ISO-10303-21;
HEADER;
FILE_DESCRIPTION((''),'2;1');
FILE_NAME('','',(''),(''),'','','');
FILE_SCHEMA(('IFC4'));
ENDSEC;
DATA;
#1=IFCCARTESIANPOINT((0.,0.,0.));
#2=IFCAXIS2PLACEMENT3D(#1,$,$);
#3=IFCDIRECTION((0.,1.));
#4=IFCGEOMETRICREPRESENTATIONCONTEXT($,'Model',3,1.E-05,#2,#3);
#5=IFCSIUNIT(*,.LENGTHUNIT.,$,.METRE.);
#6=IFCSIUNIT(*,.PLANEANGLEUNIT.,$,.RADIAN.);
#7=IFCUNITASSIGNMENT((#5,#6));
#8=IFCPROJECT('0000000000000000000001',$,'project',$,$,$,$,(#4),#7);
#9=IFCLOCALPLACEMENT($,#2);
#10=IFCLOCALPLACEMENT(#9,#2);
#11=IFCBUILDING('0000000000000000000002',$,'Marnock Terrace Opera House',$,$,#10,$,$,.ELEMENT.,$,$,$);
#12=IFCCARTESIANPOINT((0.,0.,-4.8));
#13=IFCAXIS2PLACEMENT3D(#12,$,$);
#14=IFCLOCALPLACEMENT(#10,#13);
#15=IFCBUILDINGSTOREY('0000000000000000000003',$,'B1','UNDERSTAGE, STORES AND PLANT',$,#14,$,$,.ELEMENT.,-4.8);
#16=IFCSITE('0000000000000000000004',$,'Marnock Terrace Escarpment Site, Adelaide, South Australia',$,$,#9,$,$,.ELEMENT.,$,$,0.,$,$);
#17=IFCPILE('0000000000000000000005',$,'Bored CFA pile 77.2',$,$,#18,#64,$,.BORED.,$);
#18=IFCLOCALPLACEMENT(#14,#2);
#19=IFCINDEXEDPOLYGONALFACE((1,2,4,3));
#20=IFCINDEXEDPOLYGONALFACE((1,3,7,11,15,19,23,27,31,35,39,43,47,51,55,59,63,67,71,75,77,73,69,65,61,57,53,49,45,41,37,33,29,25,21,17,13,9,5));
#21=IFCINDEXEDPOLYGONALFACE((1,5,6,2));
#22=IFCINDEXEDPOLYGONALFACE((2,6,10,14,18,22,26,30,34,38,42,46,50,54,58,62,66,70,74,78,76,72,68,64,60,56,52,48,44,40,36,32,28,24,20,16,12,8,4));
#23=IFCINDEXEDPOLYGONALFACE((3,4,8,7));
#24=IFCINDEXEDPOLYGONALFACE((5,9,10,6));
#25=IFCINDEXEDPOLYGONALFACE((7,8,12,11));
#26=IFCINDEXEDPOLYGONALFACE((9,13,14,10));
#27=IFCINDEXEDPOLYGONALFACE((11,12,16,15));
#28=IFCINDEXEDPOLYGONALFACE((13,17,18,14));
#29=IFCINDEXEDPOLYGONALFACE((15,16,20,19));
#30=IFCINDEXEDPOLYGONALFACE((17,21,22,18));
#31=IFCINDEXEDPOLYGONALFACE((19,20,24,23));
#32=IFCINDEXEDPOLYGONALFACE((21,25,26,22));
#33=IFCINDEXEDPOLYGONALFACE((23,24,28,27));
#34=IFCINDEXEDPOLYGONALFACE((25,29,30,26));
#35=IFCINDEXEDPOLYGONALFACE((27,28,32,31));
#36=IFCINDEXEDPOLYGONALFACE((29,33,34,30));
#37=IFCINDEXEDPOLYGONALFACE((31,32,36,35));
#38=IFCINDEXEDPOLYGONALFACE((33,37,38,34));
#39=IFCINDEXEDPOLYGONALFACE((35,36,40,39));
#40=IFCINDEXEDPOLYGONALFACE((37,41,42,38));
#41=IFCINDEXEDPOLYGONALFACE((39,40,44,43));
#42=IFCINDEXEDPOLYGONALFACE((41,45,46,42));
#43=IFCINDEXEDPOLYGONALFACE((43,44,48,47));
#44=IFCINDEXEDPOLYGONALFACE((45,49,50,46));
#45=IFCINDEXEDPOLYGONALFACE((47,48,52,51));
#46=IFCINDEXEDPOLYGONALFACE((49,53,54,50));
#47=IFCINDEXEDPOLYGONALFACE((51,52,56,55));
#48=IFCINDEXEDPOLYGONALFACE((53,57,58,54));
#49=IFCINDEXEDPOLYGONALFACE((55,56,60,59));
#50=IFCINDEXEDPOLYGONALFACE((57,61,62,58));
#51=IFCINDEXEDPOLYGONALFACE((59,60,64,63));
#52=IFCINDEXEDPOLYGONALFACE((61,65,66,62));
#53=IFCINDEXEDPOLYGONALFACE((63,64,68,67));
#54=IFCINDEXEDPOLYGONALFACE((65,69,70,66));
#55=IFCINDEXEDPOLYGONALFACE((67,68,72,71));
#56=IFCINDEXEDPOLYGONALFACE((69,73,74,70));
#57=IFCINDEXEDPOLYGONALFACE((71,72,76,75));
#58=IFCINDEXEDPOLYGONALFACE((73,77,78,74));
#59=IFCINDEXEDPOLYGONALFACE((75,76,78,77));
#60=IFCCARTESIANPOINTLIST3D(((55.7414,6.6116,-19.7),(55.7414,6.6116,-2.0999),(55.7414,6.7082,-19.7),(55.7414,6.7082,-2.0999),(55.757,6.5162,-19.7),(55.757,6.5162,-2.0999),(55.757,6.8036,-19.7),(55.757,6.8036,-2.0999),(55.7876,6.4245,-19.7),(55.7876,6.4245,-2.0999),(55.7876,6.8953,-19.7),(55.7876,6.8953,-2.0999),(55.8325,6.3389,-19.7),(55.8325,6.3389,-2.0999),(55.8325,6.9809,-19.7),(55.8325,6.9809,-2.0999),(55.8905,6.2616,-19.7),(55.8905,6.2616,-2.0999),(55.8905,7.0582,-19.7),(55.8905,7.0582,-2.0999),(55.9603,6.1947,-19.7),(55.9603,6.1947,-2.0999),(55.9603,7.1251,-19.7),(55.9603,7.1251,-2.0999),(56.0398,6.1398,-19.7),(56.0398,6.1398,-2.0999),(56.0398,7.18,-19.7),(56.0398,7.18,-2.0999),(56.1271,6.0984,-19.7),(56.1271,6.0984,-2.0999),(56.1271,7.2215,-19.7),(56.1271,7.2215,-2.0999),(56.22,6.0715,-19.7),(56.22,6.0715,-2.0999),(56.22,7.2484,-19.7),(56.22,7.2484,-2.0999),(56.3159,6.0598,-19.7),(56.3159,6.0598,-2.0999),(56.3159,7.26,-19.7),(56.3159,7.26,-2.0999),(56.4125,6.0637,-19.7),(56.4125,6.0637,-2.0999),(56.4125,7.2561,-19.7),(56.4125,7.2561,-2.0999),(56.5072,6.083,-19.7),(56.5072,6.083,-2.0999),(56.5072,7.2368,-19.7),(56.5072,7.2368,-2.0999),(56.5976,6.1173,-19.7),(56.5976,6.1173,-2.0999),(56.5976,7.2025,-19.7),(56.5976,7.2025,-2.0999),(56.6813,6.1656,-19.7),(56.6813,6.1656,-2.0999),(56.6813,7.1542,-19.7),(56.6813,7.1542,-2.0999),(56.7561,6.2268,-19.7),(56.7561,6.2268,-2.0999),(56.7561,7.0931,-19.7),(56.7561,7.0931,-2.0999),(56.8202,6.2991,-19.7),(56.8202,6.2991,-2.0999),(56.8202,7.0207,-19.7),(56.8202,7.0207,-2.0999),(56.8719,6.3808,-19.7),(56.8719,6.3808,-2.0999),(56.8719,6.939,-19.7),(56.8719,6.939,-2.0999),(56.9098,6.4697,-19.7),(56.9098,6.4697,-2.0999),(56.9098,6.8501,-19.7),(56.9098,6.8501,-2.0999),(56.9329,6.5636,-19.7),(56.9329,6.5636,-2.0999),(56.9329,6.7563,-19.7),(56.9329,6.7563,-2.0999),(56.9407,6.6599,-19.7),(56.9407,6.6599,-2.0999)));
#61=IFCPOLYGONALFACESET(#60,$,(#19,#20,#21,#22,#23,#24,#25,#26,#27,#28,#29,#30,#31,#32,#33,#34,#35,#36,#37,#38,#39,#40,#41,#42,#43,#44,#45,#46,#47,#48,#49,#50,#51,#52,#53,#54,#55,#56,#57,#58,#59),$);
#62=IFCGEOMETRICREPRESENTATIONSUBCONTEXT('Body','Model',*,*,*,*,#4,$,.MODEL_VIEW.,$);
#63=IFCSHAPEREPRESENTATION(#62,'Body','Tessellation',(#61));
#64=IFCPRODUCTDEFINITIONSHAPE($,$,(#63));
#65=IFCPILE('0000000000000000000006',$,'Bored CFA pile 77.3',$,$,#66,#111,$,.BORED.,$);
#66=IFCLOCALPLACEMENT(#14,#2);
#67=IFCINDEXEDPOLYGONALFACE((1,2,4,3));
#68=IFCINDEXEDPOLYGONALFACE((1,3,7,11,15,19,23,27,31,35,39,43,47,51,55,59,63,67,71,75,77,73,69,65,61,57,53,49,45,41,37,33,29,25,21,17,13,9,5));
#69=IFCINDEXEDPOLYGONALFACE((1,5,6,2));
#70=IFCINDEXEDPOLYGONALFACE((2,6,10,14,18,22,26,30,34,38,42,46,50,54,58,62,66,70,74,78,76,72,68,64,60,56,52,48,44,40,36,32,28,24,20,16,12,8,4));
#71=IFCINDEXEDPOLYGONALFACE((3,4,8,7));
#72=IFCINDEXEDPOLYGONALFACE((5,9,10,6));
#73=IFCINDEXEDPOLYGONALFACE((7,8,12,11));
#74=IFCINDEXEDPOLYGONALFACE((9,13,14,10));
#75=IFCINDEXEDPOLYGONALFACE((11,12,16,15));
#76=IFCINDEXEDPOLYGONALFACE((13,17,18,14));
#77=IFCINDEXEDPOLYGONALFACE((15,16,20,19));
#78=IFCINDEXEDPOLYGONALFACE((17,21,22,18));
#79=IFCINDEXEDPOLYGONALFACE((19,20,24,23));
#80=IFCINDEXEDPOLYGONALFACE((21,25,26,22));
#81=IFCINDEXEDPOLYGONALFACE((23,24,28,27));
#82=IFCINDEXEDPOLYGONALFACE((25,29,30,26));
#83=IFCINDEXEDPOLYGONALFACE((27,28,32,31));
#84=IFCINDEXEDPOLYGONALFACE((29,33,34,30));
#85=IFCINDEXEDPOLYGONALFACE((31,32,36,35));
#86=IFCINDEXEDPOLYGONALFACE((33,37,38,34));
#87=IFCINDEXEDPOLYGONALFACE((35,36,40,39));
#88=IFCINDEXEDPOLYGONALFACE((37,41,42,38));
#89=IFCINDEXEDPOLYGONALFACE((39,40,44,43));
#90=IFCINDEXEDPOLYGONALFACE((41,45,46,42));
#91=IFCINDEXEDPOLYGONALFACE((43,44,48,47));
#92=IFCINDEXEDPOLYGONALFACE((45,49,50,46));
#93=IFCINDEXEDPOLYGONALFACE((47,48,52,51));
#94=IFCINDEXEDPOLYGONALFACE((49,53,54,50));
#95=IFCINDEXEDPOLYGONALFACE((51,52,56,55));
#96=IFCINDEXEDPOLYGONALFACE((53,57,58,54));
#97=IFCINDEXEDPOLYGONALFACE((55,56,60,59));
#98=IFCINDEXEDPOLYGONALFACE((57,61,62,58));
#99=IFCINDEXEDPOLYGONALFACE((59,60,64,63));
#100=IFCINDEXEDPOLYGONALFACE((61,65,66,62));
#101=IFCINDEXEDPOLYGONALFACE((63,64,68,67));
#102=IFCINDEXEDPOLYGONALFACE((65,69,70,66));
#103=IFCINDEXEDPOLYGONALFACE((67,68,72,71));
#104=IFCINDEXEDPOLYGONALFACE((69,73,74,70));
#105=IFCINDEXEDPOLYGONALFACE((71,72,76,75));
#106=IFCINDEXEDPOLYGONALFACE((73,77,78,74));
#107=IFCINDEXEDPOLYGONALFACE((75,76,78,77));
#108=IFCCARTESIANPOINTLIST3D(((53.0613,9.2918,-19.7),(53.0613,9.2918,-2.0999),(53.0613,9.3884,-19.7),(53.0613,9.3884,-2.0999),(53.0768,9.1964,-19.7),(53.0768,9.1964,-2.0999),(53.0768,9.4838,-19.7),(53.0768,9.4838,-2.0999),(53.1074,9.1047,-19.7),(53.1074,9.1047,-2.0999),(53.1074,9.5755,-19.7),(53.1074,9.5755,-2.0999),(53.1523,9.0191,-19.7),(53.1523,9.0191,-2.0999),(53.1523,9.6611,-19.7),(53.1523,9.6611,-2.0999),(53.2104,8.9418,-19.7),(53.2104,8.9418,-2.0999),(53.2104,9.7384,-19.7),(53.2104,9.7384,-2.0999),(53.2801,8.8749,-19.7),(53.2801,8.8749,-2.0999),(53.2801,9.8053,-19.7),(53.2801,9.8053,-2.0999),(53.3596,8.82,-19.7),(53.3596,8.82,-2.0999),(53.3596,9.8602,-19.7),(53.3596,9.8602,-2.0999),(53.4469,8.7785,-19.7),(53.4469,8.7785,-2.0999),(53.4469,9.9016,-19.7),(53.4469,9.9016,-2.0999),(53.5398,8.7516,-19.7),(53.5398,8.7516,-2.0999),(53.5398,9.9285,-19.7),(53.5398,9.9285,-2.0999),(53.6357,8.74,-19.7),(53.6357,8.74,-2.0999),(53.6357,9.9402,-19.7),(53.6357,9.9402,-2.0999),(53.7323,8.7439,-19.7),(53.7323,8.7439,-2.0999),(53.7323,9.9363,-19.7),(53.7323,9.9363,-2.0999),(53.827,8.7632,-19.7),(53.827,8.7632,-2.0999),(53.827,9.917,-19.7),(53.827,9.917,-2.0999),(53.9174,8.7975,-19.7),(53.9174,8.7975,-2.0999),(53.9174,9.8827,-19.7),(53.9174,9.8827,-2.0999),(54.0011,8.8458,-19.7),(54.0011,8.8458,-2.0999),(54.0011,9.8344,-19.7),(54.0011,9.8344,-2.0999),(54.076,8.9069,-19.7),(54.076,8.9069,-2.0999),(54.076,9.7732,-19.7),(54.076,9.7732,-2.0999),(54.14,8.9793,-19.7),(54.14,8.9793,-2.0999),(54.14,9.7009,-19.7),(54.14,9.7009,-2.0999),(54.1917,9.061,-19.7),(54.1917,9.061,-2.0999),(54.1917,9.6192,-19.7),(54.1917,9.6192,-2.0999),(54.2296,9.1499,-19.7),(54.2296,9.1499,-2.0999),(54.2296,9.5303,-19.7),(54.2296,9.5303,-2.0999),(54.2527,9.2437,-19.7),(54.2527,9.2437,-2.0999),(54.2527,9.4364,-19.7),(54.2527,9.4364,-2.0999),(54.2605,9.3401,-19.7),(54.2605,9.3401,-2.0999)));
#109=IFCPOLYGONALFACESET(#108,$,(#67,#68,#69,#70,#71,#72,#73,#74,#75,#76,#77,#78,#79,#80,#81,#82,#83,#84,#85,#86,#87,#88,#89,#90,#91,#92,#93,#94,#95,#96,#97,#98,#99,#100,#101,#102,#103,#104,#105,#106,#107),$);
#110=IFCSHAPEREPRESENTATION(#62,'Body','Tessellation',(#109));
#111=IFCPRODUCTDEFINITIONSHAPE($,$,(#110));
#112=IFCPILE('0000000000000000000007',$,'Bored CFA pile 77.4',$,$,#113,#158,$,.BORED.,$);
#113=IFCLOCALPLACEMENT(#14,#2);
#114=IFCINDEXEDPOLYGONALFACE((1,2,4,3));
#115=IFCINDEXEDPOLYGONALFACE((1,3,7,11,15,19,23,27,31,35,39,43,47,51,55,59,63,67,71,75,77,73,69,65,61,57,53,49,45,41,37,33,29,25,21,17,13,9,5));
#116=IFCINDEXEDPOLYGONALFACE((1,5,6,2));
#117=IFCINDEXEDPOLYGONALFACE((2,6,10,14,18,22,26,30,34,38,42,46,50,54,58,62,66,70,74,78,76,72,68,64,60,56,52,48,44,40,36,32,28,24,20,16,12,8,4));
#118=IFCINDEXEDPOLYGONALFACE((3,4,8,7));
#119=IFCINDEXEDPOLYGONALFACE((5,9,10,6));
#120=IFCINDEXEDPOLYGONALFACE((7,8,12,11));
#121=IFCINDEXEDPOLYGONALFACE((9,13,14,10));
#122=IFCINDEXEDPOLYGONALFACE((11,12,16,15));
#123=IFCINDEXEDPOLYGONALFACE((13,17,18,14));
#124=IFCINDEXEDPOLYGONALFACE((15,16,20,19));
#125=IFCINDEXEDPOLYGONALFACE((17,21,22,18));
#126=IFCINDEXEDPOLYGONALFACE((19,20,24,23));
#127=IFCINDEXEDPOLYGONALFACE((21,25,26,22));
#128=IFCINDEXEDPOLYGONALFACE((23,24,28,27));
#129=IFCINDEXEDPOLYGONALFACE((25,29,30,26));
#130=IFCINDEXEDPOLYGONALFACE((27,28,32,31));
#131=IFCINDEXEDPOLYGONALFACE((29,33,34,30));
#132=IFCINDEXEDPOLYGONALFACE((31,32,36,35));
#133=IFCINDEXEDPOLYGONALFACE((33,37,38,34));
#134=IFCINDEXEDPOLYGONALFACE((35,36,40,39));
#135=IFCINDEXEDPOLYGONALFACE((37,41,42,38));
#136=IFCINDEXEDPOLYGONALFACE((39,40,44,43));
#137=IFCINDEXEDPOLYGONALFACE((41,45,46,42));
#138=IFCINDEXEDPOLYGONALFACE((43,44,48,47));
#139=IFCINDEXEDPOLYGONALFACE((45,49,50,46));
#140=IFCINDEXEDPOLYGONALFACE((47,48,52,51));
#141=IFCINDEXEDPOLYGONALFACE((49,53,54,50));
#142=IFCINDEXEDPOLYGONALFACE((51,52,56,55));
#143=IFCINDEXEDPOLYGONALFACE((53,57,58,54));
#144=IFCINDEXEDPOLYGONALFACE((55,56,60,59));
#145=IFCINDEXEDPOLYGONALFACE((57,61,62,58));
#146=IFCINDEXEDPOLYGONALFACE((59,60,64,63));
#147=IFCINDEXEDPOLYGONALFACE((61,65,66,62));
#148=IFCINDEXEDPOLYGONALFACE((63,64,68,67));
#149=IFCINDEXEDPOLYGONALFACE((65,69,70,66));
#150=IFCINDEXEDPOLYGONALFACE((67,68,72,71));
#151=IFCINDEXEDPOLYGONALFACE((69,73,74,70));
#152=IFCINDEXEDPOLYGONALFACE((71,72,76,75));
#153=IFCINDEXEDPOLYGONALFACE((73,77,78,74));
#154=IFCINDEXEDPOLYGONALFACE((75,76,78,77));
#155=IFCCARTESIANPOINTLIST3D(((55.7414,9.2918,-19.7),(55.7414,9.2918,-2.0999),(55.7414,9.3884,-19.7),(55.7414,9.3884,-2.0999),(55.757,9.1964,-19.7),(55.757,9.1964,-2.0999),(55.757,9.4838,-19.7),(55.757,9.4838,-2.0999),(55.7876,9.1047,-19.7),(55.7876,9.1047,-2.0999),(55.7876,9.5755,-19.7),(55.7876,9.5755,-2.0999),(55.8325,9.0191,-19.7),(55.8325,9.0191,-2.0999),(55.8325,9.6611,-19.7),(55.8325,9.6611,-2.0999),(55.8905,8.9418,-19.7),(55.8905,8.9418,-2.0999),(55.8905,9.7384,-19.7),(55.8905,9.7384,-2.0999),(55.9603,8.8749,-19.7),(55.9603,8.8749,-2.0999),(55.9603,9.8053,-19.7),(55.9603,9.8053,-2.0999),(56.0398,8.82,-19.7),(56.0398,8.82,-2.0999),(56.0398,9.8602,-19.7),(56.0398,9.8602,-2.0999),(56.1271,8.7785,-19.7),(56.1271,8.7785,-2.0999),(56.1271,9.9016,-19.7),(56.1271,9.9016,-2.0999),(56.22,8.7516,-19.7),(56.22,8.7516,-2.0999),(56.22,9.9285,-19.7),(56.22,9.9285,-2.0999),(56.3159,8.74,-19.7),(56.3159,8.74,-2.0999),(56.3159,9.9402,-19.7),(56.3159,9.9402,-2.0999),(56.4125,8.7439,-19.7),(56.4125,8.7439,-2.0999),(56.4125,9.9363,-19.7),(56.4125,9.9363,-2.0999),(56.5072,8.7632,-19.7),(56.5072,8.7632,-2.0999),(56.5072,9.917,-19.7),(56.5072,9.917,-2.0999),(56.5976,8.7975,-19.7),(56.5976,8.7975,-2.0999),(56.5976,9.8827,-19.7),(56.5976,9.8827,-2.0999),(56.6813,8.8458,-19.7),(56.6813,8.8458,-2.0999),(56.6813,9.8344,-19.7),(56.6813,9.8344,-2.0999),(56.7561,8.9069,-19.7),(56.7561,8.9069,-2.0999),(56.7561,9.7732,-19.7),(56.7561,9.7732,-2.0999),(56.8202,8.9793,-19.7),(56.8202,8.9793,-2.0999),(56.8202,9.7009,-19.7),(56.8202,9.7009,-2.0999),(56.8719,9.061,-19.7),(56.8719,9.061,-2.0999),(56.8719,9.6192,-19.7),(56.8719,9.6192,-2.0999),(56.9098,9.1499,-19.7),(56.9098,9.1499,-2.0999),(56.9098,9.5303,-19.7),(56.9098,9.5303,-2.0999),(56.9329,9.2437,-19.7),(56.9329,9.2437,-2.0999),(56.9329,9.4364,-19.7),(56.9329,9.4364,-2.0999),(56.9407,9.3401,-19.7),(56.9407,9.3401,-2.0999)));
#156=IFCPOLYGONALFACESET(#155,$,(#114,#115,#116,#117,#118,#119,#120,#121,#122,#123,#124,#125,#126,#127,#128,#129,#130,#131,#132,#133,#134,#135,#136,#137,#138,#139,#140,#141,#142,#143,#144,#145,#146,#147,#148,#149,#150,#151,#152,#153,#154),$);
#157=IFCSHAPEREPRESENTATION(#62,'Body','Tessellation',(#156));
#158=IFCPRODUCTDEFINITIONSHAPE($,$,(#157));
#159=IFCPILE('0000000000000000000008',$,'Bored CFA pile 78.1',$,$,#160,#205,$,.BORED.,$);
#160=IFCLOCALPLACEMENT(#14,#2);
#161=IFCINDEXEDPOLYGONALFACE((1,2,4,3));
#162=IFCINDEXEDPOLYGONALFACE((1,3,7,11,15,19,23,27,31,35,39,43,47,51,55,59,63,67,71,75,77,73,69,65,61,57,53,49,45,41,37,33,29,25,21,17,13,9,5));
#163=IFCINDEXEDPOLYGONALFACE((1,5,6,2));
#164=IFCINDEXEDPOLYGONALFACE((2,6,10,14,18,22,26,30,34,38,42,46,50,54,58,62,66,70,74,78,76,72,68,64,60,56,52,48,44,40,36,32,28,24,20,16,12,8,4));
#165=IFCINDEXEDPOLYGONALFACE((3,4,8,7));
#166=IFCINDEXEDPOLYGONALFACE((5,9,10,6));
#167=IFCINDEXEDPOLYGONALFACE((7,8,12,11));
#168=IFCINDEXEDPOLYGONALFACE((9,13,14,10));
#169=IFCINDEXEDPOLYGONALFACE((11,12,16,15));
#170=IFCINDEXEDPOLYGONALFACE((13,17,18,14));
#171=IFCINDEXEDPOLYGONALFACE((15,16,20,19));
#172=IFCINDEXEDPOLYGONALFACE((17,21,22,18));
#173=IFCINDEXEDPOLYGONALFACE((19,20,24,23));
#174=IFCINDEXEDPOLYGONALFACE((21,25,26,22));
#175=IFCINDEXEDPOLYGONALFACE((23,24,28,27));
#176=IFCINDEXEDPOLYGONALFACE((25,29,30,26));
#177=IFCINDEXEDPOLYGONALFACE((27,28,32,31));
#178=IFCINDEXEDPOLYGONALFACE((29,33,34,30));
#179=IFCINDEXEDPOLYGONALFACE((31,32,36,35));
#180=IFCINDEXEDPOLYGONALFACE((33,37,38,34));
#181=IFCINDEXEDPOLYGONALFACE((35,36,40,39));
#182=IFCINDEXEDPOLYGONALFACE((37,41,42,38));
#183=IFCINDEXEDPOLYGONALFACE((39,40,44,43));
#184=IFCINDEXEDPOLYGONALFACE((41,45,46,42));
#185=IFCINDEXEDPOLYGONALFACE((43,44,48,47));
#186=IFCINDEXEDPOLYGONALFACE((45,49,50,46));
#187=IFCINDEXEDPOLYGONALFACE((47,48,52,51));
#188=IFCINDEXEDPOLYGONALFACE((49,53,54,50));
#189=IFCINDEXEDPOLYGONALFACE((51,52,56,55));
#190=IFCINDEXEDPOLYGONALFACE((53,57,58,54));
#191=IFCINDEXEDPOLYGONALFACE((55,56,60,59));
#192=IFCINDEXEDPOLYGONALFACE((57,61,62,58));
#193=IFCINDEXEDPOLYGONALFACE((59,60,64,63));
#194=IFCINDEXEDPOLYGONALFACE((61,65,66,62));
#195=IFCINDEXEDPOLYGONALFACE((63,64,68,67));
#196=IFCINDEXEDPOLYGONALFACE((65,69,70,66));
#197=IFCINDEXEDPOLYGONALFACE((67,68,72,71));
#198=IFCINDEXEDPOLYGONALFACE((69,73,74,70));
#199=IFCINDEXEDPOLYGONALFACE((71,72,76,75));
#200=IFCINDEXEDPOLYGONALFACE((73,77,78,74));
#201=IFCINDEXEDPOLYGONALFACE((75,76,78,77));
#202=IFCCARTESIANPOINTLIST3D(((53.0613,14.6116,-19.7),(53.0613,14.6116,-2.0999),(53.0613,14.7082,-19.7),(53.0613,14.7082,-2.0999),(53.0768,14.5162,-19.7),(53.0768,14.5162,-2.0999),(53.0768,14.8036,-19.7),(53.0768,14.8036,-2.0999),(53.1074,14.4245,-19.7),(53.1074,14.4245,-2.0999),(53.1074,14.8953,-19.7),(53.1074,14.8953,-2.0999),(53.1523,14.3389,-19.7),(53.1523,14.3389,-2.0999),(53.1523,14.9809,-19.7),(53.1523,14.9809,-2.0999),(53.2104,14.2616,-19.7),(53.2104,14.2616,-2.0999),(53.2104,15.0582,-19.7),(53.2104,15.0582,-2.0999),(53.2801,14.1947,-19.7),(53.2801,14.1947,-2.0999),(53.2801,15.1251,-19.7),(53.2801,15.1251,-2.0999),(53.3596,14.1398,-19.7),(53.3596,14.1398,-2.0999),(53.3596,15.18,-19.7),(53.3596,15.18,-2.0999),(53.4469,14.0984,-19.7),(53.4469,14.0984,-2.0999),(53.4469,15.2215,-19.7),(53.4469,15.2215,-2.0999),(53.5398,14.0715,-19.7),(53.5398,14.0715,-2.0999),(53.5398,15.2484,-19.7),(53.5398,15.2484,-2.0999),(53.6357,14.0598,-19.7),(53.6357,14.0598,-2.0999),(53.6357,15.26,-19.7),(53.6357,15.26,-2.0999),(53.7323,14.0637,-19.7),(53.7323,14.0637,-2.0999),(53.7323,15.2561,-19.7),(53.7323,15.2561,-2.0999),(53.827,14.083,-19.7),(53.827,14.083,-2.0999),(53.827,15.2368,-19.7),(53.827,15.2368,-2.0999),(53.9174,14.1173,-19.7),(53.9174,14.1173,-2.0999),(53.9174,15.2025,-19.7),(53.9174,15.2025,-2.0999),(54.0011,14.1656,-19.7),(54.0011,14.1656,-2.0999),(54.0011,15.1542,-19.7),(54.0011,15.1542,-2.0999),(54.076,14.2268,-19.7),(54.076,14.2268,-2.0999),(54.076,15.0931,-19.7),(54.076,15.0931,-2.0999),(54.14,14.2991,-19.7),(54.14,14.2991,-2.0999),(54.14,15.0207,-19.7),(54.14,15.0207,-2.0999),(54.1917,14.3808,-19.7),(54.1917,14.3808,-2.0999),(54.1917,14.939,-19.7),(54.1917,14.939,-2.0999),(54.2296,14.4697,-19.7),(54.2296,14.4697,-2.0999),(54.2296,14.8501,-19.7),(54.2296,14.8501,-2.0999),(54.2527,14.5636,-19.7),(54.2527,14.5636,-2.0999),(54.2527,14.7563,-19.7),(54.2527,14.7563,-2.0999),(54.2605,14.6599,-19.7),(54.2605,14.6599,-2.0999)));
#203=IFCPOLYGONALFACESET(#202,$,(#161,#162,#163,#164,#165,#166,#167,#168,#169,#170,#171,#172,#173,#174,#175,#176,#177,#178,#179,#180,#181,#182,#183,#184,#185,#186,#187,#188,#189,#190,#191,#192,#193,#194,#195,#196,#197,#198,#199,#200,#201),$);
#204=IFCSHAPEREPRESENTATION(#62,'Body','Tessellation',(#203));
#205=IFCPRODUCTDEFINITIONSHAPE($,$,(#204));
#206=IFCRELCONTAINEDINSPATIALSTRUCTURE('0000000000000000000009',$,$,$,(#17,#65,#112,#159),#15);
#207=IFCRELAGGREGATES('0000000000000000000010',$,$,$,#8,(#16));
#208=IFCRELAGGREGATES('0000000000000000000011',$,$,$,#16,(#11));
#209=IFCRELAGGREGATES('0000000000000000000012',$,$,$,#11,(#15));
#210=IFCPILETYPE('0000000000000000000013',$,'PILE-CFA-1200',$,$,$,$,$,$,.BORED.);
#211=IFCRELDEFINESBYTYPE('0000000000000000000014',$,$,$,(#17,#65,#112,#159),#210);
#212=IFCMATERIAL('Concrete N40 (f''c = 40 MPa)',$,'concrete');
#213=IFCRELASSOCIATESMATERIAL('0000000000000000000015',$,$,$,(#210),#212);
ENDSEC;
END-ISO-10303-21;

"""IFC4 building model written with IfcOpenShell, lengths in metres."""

from ifc_helpers import new_model, si_unit, direction, frame, origin, origin_2d, place, context, subcontext, project, spatial, circle, extrude, material, material_profile, profile_set, type_object, element, save


model = new_model("IFC4")

# Units and contexts
model_context = context("Model", 3, precision=1e-05, world=origin(), true_north=direction((0.0, 1.0)))
body_context = subcontext(model_context, "Body", "Model", "MODEL_VIEW")
ifc_project = project(units=[si_unit("LENGTHUNIT", "METRE"), si_unit("PLANEANGLEUNIT", "RADIAN")], contexts=[model_context])

# Site, building, storey
site_placement = place(None, origin())
site = spatial("IfcSite", under=ifc_project, at=site_placement, Name="Marnock Terrace Escarpment Site, Adelaide, South Australia", CompositionType="ELEMENT", RefElevation=0.0)
building_placement = place(site_placement, origin())
building = spatial("IfcBuilding", under=site, at=building_placement, Name="Marnock Terrace Opera House", CompositionType="ELEMENT")
storey_placement = place(building_placement, frame((0.0, 0.0, -4.8)))
storey = spatial("IfcBuildingStorey", under=building, at=storey_placement, Name="B1", Description="UNDERSTAGE, STORES AND PLANT", CompositionType="ELEMENT", Elevation=-4.8)

# Shared definitions
ifc_material_1 = material(Name="Concrete N40 (f'c = 40 MPa)", Category="concrete")

# Piles
ifc_material_profile_1 = material_profile(ifc_material_1, circle(Radius=0.6006, at=origin_2d()))
ifc_profile_set_1 = profile_set([ifc_material_profile_1], Name="Concrete N40 (f'c = 40 MPa)")
pile_type_1 = type_object("IfcPileType", Name="PILE-CFA-1200", PredefinedType="BORED", material=ifc_profile_set_1)
for number, where, z_axis, x_axis, name in (
    (1, (56.3401, 6.6599, -2.0999), (0.0, 0.0, -1.0), (1.0, 0.0, 0.0), "Bored CFA pile 77.2"),
    (2, (53.6599, 9.3401, -2.0999), (0.0, 0.0, -1.0), (1.0, 0.0, 0.0), "Bored CFA pile 77.3"),
    (3, (56.3401, 9.3401, -2.0999), (0.0, 0.0, -1.0), (1.0, 0.0, 0.0), "Bored CFA pile 77.4"),
    (4, (53.6599, 14.6599, -2.0999), (0.0, 0.0, -1.0), (1.0, 0.0, 0.0), "Bored CFA pile 78.1"),
):
    element("IfcPile", number, at=place(storey_placement, frame(where, z_axis=z_axis, x_axis=x_axis)), inside=storey, type_object=pile_type_1, Name=name, PredefinedType="BORED", context=body_context, shape_type="SweptSolid", body=[
        extrude(circle(Radius=0.6006, at=origin_2d()), origin(), (0.0, 0.0, 1.0), 17.6001),
    ])

save(model, "model.ifc")
